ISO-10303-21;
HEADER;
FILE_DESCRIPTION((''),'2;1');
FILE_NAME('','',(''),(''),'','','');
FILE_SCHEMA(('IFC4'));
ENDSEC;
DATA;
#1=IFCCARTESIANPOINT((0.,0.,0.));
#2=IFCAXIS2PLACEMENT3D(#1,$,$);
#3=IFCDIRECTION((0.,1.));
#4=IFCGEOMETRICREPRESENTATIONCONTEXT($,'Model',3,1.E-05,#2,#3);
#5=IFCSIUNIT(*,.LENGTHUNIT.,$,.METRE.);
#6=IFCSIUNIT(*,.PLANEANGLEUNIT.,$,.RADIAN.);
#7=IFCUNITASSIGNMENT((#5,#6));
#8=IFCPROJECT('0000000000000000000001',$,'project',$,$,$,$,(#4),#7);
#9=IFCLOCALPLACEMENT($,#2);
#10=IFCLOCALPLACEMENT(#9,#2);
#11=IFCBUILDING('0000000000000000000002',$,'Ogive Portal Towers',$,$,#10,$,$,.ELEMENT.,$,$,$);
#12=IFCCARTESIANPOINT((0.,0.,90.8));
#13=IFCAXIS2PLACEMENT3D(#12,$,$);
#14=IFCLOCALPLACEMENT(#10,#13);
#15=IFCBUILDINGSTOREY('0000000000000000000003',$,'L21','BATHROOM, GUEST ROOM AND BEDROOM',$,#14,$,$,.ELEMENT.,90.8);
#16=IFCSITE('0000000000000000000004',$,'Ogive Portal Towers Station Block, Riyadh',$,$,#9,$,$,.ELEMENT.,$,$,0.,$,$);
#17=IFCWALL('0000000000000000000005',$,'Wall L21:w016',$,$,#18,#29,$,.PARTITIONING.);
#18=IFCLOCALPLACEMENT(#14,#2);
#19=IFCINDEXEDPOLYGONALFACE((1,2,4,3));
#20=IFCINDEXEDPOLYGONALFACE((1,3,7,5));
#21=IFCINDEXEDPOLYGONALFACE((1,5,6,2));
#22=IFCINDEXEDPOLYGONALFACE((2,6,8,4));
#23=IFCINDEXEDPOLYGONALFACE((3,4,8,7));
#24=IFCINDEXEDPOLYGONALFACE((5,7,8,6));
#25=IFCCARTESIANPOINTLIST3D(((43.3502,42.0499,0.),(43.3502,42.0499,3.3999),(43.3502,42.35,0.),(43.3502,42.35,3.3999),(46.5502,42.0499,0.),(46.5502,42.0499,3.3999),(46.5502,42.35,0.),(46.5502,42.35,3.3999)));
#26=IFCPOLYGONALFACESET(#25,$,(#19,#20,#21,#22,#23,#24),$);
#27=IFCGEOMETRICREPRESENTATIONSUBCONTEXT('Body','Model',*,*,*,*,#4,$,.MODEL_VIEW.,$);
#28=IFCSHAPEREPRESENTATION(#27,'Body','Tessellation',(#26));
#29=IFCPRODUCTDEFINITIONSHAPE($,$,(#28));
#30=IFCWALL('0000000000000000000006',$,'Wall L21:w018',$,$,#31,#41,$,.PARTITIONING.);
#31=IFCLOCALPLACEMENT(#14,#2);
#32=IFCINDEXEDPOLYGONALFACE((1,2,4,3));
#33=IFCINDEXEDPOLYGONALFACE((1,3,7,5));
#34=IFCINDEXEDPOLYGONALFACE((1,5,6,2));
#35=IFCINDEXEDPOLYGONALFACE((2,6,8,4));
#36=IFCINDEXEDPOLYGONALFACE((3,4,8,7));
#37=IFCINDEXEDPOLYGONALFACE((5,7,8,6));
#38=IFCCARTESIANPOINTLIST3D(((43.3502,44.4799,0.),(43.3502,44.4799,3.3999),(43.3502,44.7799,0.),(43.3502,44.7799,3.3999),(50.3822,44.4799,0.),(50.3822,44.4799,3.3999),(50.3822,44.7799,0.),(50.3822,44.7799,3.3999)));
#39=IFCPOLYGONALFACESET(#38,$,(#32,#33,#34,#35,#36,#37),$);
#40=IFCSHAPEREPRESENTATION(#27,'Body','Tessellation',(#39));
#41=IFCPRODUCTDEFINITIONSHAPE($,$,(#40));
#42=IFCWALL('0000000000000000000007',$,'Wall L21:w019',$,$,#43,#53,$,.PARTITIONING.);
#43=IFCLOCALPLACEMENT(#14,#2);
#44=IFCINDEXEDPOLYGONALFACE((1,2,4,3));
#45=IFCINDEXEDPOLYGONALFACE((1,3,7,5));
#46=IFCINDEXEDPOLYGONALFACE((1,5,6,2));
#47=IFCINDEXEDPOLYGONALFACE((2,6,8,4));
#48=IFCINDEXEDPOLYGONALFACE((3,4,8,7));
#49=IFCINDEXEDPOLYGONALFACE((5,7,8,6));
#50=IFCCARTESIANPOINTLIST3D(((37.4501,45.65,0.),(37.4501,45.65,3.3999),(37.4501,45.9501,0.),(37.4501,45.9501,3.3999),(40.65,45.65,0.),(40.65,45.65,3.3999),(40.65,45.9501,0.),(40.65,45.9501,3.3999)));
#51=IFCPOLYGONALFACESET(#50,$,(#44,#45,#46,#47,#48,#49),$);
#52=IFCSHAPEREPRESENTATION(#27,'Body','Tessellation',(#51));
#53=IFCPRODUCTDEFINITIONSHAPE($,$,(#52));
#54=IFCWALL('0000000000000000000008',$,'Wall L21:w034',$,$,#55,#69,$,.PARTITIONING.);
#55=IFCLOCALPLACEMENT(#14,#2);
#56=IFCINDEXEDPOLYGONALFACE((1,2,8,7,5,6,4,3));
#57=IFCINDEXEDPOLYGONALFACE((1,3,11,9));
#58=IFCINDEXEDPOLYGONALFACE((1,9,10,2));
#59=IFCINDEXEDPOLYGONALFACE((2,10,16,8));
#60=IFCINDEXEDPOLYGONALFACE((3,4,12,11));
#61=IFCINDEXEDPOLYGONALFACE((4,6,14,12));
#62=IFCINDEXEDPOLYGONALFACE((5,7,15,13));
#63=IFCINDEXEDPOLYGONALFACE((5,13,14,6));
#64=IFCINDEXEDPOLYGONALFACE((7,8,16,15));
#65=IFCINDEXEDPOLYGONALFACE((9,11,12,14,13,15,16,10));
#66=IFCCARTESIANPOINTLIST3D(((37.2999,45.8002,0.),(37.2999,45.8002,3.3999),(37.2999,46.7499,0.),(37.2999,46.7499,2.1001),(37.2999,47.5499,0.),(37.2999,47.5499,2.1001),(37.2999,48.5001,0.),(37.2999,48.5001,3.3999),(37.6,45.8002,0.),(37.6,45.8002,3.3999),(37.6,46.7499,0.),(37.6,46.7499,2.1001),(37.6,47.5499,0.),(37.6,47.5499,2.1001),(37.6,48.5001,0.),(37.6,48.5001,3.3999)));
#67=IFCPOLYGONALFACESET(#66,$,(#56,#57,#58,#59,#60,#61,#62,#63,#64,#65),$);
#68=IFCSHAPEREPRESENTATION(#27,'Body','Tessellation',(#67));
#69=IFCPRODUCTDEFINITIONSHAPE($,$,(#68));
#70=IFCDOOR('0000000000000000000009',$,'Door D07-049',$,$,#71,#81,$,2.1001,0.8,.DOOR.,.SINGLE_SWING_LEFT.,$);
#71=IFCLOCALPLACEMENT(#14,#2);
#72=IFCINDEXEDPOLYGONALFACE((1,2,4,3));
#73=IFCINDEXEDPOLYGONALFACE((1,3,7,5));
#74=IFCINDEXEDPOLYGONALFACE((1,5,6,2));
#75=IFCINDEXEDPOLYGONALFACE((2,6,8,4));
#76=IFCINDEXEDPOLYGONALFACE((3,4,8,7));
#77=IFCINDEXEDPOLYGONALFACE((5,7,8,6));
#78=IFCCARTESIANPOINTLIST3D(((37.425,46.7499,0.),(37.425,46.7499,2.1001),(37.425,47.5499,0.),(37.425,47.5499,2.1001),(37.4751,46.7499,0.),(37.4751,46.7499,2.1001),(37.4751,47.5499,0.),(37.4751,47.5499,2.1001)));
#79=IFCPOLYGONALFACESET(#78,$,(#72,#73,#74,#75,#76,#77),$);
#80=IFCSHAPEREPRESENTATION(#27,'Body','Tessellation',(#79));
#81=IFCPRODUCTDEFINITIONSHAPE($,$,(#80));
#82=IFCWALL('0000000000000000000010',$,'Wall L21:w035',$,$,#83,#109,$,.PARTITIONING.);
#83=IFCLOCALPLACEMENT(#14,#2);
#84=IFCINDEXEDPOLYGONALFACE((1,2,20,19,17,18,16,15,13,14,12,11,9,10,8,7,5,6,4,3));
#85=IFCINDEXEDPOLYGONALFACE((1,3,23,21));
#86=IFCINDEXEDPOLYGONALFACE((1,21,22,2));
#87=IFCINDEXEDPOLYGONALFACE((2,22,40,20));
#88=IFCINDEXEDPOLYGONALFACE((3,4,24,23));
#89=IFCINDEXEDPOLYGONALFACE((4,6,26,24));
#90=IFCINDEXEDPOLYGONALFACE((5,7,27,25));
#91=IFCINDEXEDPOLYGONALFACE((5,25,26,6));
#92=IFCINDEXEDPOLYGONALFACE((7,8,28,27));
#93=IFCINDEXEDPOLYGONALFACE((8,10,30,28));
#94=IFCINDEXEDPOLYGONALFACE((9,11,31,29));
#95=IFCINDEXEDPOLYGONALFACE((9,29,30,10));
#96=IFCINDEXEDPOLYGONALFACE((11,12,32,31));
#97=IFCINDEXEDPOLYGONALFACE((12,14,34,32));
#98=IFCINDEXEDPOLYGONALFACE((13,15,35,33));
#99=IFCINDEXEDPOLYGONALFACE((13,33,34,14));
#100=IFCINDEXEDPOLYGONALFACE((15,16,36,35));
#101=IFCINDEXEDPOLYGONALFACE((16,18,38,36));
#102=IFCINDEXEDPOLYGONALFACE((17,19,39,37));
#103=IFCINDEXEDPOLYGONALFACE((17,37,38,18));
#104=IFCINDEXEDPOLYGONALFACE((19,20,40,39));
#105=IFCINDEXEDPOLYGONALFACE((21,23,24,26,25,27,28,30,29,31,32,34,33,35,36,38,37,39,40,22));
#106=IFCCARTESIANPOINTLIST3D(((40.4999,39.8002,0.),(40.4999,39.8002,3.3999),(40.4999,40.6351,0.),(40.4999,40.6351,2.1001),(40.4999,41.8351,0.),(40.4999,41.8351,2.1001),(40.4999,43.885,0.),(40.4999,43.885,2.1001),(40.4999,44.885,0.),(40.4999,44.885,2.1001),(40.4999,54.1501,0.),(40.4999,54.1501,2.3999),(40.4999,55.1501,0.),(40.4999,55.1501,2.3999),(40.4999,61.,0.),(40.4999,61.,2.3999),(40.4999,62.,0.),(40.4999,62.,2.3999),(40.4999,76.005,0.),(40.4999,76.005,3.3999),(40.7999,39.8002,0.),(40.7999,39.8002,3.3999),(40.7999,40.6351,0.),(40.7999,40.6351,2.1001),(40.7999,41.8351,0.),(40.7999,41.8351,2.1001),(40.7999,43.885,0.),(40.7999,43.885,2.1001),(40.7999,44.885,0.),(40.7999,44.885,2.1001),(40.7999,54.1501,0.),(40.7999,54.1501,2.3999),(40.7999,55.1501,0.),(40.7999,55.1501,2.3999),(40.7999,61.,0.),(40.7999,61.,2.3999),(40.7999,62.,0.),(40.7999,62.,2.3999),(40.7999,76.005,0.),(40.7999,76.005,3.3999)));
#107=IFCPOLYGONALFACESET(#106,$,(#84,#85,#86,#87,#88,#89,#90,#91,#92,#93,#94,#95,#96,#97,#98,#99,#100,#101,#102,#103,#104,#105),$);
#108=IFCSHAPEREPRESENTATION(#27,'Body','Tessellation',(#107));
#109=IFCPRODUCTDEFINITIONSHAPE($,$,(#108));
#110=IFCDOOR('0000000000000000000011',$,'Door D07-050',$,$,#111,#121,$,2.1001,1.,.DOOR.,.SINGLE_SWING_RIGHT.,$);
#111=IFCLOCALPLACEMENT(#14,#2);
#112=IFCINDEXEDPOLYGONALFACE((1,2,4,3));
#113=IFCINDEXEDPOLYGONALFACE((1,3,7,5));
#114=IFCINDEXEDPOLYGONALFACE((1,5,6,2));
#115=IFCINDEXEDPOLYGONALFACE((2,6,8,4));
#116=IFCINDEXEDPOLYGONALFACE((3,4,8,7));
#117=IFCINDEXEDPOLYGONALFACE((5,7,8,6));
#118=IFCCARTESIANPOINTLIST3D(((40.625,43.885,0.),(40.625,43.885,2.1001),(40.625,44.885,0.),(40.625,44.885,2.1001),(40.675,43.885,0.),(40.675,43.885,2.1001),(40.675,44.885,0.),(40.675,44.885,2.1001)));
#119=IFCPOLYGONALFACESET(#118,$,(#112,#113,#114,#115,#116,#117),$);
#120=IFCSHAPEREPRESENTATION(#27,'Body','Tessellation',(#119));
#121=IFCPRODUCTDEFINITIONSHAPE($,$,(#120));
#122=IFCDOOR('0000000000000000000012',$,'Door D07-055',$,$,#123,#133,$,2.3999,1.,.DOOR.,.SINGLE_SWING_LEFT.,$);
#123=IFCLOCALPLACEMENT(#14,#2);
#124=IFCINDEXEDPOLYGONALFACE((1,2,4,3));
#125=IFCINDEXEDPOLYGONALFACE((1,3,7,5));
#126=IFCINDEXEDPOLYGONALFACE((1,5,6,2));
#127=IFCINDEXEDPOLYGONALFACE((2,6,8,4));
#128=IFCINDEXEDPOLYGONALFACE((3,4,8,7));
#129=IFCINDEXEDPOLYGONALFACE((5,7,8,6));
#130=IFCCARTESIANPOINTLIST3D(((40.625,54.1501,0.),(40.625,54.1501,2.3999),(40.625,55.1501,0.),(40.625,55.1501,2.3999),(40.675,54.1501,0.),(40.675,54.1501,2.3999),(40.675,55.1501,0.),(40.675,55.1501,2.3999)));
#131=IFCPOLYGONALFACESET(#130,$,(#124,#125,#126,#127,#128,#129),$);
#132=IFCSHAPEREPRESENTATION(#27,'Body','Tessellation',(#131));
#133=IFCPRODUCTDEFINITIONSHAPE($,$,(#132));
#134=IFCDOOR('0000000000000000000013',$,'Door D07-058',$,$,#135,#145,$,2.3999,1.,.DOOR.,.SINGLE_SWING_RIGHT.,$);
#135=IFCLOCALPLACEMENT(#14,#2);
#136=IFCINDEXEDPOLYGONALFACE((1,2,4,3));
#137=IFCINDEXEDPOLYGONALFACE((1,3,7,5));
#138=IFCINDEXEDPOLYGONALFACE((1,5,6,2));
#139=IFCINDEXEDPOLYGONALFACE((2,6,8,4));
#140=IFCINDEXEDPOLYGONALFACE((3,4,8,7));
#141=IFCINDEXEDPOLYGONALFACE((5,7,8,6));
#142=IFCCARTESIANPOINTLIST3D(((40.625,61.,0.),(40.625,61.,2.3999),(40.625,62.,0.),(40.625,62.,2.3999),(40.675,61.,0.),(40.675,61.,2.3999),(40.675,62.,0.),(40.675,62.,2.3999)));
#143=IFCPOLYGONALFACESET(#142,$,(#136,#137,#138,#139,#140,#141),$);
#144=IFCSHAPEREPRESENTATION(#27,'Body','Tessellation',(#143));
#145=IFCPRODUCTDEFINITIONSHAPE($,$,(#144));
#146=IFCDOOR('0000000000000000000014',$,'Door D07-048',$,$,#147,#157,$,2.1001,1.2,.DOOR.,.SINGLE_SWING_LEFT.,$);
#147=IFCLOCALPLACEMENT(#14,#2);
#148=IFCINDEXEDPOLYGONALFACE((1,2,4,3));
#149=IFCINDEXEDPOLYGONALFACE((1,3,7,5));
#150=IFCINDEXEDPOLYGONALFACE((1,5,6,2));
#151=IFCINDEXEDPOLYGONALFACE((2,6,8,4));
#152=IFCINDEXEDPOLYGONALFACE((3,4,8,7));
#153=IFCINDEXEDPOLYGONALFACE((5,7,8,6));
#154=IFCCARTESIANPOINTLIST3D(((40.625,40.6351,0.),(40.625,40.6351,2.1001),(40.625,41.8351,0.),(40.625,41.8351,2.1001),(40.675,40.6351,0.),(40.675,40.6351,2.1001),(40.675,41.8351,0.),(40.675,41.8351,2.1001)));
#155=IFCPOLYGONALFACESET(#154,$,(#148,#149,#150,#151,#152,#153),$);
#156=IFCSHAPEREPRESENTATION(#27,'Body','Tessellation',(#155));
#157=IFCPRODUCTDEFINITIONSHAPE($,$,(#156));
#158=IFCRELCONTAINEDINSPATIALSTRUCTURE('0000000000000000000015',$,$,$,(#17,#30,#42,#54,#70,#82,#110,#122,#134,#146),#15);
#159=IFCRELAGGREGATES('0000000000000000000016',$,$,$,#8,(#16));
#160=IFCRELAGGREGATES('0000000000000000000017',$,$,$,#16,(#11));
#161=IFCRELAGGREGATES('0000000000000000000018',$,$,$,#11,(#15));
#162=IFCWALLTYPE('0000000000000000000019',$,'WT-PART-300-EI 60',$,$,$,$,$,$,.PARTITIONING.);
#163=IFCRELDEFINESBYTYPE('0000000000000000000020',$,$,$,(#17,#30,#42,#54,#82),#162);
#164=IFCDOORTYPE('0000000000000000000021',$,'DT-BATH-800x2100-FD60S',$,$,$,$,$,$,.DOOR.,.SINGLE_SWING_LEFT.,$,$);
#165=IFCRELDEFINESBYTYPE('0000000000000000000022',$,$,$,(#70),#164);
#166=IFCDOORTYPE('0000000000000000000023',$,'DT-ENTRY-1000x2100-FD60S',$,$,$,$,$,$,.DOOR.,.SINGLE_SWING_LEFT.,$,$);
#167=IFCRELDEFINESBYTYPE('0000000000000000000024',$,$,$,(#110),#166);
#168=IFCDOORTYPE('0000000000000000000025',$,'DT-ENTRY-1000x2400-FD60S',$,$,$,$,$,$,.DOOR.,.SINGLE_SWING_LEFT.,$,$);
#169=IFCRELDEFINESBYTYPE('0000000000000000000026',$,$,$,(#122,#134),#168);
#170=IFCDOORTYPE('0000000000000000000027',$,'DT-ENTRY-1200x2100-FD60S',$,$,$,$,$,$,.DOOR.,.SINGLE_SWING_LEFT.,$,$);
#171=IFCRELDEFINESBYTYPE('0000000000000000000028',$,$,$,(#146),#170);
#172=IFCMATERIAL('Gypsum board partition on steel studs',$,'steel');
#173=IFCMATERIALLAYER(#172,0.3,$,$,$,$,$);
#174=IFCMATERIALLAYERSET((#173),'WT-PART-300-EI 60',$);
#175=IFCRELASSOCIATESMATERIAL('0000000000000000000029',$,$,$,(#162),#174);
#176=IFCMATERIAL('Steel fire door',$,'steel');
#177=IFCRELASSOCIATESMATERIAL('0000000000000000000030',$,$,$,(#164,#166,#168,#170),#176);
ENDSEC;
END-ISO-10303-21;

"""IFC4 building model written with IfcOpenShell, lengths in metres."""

from ifc_helpers import new_model, si_unit, direction, frame, frame_2d, origin, place, context, subcontext, project, spatial, rectangle, extrude, material, layer, layer_set, type_object, element, fill, save


model = new_model("IFC4")

# Units and contexts
model_context = context("Model", 3, precision=1e-05, world=origin(), true_north=direction((0.0, 1.0)))
body_context = subcontext(model_context, "Body", "Model", "MODEL_VIEW")
ifc_project = project(units=[si_unit("LENGTHUNIT", "METRE"), si_unit("PLANEANGLEUNIT", "RADIAN")], contexts=[model_context])

# Site, building, storey
site_placement = place(None, origin())
site = spatial("IfcSite", under=ifc_project, at=site_placement, Name="Ogive Portal Towers Station Block, Riyadh", CompositionType="ELEMENT", RefElevation=0.0)
building_placement = place(site_placement, origin())
building = spatial("IfcBuilding", under=site, at=building_placement, Name="Ogive Portal Towers", CompositionType="ELEMENT")
storey_placement = place(building_placement, frame((0.0, 0.0, 90.8)))
storey = spatial("IfcBuildingStorey", under=building, at=storey_placement, Name="L21", Description="BATHROOM, GUEST ROOM AND BEDROOM", CompositionType="ELEMENT", Elevation=90.8)

# Walls
ifc_material_1 = material(Name="Gypsum board partition on steel studs", Category="steel")
ifc_layer_1 = layer(ifc_material_1, 0.3)
ifc_layer_set_1 = layer_set([ifc_layer_1], Name="WT-PART-300-EI 60")
wall_type_1 = type_object("IfcWallType", Name="WT-PART-300-EI 60", PredefinedType="PARTITIONING", material=ifc_layer_set_1)
wall_1_placement = place(storey_placement, frame((43.3501, 42.2, 0.0), z_axis=(0.0, 0.0, 1.0), x_axis=(1.0, 0.0, 0.0)))
element("IfcWall", 1, at=wall_1_placement, inside=storey, type_object=wall_type_1, Name="Wall L21:w016", PredefinedType="PARTITIONING", context=body_context, shape_type="SweptSolid", body=[
    extrude(rectangle(XDim=3.2, YDim=0.3, at=frame_2d((1.6001, 0.0))), origin(), (0.0, 0.0, 1.0), 3.3999),
])
wall_2_placement = place(storey_placement, frame((43.3501, 44.6299, 0.0), z_axis=(0.0, 0.0, 1.0), x_axis=(1.0, 0.0, 0.0)))
element("IfcWall", 2, at=wall_2_placement, inside=storey, type_object=wall_type_1, Name="Wall L21:w018", PredefinedType="PARTITIONING", context=body_context, shape_type="SweptSolid", body=[
    extrude(rectangle(XDim=7.032, YDim=0.3, at=frame_2d((3.5161, 0.0))), origin(), (0.0, 0.0, 1.0), 3.3999),
])
wall_3_placement = place(storey_placement, frame((37.45, 45.8, 0.0), z_axis=(0.0, 0.0, 1.0), x_axis=(1.0, 0.0, 0.0)))
element("IfcWall", 3, at=wall_3_placement, inside=storey, type_object=wall_type_1, Name="Wall L21:w019", PredefinedType="PARTITIONING", context=body_context, shape_type="SweptSolid", body=[
    extrude(rectangle(XDim=3.2, YDim=0.3, at=frame_2d((1.6001, 0.0))), origin(), (0.0, 0.0, 1.0), 3.3999),
])

# Wall, opening, door
wall_4_placement = place(storey_placement, frame((37.45, 45.8, 0.0), z_axis=(0.0, 0.0, 1.0), x_axis=(0.0, 1.0, 0.0)))
wall_4 = element("IfcWall", 4, at=wall_4_placement, inside=storey, type_object=wall_type_1, Name="Wall L21:w034", PredefinedType="PARTITIONING", context=body_context, shape_type="SweptSolid", body=[
    extrude(rectangle(XDim=2.7, YDim=0.3, at=frame_2d((1.3501, 0.0))), origin(), (0.0, 0.0, 1.0), 3.3999),
])
opening_1_placement = place(wall_4_placement, frame((0.95, 0.0, 0.0)))
opening_1 = element("IfcOpeningElement", 5, at=opening_1_placement, cuts=wall_4, PredefinedType="OPENING", context=body_context, shape_type="SweptSolid", body=[
    extrude(rectangle(XDim=0.8, YDim=2.1001, at=frame_2d((0.3999, 1.05))), frame((0.0, 0.1602, 0.0), z_axis=(0.0, -1.0, 0.0), x_axis=(1.0, 0.0, 0.0)), (0.0, 0.0, 1.0), 0.3201),
])
ifc_material_2 = material(Name="Steel fire door", Category="steel")
door_type_1 = type_object("IfcDoorType", Name="DT-BATH-800x2100-FD60S", OperationType="SINGLE_SWING_LEFT", PredefinedType="DOOR", material=ifc_material_2)
door_1_placement = place(opening_1_placement, origin())
door_1 = element("IfcDoor", 6, at=door_1_placement, inside=storey, type_object=door_type_1, Name="Door D07-049", OperationType="SINGLE_SWING_LEFT", OverallHeight=2.1001, OverallWidth=0.8, PredefinedType="DOOR", context=body_context, shape_type="SweptSolid", body=[
    extrude(rectangle(XDim=0.8, YDim=2.1001, at=frame_2d((0.3999, 1.05))), frame((0.0, 0.0249, 0.0), z_axis=(0.0, -1.0, 0.0), x_axis=(1.0, 0.0, 0.0)), (0.0, 0.0, 1.0), 0.05),
])
fill(opening_1, door_1)

# Wall, openings, doors
wall_5_placement = place(storey_placement, frame((40.6499, 39.8, 0.0), z_axis=(0.0, 0.0, 1.0), x_axis=(0.0, 1.0, 0.0)))
wall_5 = element("IfcWall", 7, at=wall_5_placement, inside=storey, type_object=wall_type_1, Name="Wall L21:w035", PredefinedType="PARTITIONING", context=body_context, shape_type="SweptSolid", body=[
    extrude(rectangle(XDim=36.2048, YDim=0.3, at=frame_2d((18.1025, 0.0))), origin(), (0.0, 0.0, 1.0), 3.3999),
])
opening_2_placement = place(wall_5_placement, frame((0.835, 0.0, 0.0)))
opening_2 = element("IfcOpeningElement", 8, at=opening_2_placement, cuts=wall_5, PredefinedType="OPENING", context=body_context, shape_type="SweptSolid", body=[
    extrude(rectangle(XDim=1.2, YDim=2.1001, at=frame_2d((0.6001, 1.05))), frame((0.0, 0.1602, 0.0), z_axis=(0.0, -1.0, 0.0), x_axis=(1.0, 0.0, 0.0)), (0.0, 0.0, 1.0), 0.3201),
])
opening_3_placement = place(wall_5_placement, frame((4.085, 0.0, 0.0)))
opening_3 = element("IfcOpeningElement", 9, at=opening_3_placement, cuts=wall_5, PredefinedType="OPENING", context=body_context, shape_type="SweptSolid", body=[
    extrude(rectangle(XDim=1.0, YDim=2.1001, at=frame_2d((0.5, 1.05))), frame((0.0, 0.1602, 0.0), z_axis=(0.0, -1.0, 0.0), x_axis=(1.0, 0.0, 0.0)), (0.0, 0.0, 1.0), 0.3201),
])
opening_4_placement = place(wall_5_placement, frame((14.3501, 0.0, 0.0)))
opening_4 = element("IfcOpeningElement", 10, at=opening_4_placement, cuts=wall_5, PredefinedType="OPENING", context=body_context, shape_type="SweptSolid", body=[
    extrude(rectangle(XDim=1.0, YDim=2.3999, at=frame_2d((0.5, 1.2))), frame((0.0, 0.1602, 0.0), z_axis=(0.0, -1.0, 0.0), x_axis=(1.0, 0.0, 0.0)), (0.0, 0.0, 1.0), 0.3201),
])
opening_5_placement = place(wall_5_placement, frame((21.2, 0.0, 0.0)))
opening_5 = element("IfcOpeningElement", 11, at=opening_5_placement, cuts=wall_5, PredefinedType="OPENING", context=body_context, shape_type="SweptSolid", body=[
    extrude(rectangle(XDim=1.0, YDim=2.3999, at=frame_2d((0.5, 1.2))), frame((0.0, 0.1602, 0.0), z_axis=(0.0, -1.0, 0.0), x_axis=(1.0, 0.0, 0.0)), (0.0, 0.0, 1.0), 0.3201),
])
door_type_2 = type_object("IfcDoorType", Name="DT-ENTRY-1000x2100-FD60S", OperationType="SINGLE_SWING_LEFT", PredefinedType="DOOR", material=ifc_material_2)
door_2_placement = place(opening_3_placement, origin())
door_2 = element("IfcDoor", 12, at=door_2_placement, inside=storey, type_object=door_type_2, Name="Door D07-050", OperationType="SINGLE_SWING_RIGHT", OverallHeight=2.1001, OverallWidth=1.0, PredefinedType="DOOR", context=body_context, shape_type="SweptSolid", body=[
    extrude(rectangle(XDim=1.0, YDim=2.1001, at=frame_2d((0.5, 1.05))), frame((0.0, 0.0249, 0.0), z_axis=(0.0, -1.0, 0.0), x_axis=(1.0, 0.0, 0.0)), (0.0, 0.0, 1.0), 0.05),
])
fill(opening_3, door_2)
door_type_3 = type_object("IfcDoorType", Name="DT-ENTRY-1000x2400-FD60S", OperationType="SINGLE_SWING_LEFT", PredefinedType="DOOR", material=ifc_material_2)
door_3_placement = place(opening_4_placement, origin())
door_3 = element("IfcDoor", 13, at=door_3_placement, inside=storey, type_object=door_type_3, Name="Door D07-055", OperationType="SINGLE_SWING_LEFT", OverallHeight=2.3999, OverallWidth=1.0, PredefinedType="DOOR", context=body_context, shape_type="SweptSolid", body=[
    extrude(rectangle(XDim=1.0, YDim=2.3999, at=frame_2d((0.5, 1.2))), frame((0.0, 0.0249, 0.0), z_axis=(0.0, -1.0, 0.0), x_axis=(1.0, 0.0, 0.0)), (0.0, 0.0, 1.0), 0.05),
])
fill(opening_4, door_3)
door_4_placement = place(opening_5_placement, origin())
door_4 = element("IfcDoor", 14, at=door_4_placement, inside=storey, type_object=door_type_3, Name="Door D07-058", OperationType="SINGLE_SWING_RIGHT", OverallHeight=2.3999, OverallWidth=1.0, PredefinedType="DOOR", context=body_context, shape_type="SweptSolid", body=[
    extrude(rectangle(XDim=1.0, YDim=2.3999, at=frame_2d((0.5, 1.2))), frame((0.0, 0.0249, 0.0), z_axis=(0.0, -1.0, 0.0), x_axis=(1.0, 0.0, 0.0)), (0.0, 0.0, 1.0), 0.05),
])
fill(opening_5, door_4)
door_type_4 = type_object("IfcDoorType", Name="DT-ENTRY-1200x2100-FD60S", OperationType="SINGLE_SWING_LEFT", PredefinedType="DOOR", material=ifc_material_2)
door_5_placement = place(opening_2_placement, origin())
door_5 = element("IfcDoor", 15, at=door_5_placement, inside=storey, type_object=door_type_4, Name="Door D07-048", OperationType="SINGLE_SWING_LEFT", OverallHeight=2.1001, OverallWidth=1.2, PredefinedType="DOOR", context=body_context, shape_type="SweptSolid", body=[
    extrude(rectangle(XDim=1.2, YDim=2.1001, at=frame_2d((0.6001, 1.05))), frame((0.0, 0.0249, 0.0), z_axis=(0.0, -1.0, 0.0), x_axis=(1.0, 0.0, 0.0)), (0.0, 0.0, 1.0), 0.05),
])
fill(opening_2, door_5)

save(model, "model.ifc")
